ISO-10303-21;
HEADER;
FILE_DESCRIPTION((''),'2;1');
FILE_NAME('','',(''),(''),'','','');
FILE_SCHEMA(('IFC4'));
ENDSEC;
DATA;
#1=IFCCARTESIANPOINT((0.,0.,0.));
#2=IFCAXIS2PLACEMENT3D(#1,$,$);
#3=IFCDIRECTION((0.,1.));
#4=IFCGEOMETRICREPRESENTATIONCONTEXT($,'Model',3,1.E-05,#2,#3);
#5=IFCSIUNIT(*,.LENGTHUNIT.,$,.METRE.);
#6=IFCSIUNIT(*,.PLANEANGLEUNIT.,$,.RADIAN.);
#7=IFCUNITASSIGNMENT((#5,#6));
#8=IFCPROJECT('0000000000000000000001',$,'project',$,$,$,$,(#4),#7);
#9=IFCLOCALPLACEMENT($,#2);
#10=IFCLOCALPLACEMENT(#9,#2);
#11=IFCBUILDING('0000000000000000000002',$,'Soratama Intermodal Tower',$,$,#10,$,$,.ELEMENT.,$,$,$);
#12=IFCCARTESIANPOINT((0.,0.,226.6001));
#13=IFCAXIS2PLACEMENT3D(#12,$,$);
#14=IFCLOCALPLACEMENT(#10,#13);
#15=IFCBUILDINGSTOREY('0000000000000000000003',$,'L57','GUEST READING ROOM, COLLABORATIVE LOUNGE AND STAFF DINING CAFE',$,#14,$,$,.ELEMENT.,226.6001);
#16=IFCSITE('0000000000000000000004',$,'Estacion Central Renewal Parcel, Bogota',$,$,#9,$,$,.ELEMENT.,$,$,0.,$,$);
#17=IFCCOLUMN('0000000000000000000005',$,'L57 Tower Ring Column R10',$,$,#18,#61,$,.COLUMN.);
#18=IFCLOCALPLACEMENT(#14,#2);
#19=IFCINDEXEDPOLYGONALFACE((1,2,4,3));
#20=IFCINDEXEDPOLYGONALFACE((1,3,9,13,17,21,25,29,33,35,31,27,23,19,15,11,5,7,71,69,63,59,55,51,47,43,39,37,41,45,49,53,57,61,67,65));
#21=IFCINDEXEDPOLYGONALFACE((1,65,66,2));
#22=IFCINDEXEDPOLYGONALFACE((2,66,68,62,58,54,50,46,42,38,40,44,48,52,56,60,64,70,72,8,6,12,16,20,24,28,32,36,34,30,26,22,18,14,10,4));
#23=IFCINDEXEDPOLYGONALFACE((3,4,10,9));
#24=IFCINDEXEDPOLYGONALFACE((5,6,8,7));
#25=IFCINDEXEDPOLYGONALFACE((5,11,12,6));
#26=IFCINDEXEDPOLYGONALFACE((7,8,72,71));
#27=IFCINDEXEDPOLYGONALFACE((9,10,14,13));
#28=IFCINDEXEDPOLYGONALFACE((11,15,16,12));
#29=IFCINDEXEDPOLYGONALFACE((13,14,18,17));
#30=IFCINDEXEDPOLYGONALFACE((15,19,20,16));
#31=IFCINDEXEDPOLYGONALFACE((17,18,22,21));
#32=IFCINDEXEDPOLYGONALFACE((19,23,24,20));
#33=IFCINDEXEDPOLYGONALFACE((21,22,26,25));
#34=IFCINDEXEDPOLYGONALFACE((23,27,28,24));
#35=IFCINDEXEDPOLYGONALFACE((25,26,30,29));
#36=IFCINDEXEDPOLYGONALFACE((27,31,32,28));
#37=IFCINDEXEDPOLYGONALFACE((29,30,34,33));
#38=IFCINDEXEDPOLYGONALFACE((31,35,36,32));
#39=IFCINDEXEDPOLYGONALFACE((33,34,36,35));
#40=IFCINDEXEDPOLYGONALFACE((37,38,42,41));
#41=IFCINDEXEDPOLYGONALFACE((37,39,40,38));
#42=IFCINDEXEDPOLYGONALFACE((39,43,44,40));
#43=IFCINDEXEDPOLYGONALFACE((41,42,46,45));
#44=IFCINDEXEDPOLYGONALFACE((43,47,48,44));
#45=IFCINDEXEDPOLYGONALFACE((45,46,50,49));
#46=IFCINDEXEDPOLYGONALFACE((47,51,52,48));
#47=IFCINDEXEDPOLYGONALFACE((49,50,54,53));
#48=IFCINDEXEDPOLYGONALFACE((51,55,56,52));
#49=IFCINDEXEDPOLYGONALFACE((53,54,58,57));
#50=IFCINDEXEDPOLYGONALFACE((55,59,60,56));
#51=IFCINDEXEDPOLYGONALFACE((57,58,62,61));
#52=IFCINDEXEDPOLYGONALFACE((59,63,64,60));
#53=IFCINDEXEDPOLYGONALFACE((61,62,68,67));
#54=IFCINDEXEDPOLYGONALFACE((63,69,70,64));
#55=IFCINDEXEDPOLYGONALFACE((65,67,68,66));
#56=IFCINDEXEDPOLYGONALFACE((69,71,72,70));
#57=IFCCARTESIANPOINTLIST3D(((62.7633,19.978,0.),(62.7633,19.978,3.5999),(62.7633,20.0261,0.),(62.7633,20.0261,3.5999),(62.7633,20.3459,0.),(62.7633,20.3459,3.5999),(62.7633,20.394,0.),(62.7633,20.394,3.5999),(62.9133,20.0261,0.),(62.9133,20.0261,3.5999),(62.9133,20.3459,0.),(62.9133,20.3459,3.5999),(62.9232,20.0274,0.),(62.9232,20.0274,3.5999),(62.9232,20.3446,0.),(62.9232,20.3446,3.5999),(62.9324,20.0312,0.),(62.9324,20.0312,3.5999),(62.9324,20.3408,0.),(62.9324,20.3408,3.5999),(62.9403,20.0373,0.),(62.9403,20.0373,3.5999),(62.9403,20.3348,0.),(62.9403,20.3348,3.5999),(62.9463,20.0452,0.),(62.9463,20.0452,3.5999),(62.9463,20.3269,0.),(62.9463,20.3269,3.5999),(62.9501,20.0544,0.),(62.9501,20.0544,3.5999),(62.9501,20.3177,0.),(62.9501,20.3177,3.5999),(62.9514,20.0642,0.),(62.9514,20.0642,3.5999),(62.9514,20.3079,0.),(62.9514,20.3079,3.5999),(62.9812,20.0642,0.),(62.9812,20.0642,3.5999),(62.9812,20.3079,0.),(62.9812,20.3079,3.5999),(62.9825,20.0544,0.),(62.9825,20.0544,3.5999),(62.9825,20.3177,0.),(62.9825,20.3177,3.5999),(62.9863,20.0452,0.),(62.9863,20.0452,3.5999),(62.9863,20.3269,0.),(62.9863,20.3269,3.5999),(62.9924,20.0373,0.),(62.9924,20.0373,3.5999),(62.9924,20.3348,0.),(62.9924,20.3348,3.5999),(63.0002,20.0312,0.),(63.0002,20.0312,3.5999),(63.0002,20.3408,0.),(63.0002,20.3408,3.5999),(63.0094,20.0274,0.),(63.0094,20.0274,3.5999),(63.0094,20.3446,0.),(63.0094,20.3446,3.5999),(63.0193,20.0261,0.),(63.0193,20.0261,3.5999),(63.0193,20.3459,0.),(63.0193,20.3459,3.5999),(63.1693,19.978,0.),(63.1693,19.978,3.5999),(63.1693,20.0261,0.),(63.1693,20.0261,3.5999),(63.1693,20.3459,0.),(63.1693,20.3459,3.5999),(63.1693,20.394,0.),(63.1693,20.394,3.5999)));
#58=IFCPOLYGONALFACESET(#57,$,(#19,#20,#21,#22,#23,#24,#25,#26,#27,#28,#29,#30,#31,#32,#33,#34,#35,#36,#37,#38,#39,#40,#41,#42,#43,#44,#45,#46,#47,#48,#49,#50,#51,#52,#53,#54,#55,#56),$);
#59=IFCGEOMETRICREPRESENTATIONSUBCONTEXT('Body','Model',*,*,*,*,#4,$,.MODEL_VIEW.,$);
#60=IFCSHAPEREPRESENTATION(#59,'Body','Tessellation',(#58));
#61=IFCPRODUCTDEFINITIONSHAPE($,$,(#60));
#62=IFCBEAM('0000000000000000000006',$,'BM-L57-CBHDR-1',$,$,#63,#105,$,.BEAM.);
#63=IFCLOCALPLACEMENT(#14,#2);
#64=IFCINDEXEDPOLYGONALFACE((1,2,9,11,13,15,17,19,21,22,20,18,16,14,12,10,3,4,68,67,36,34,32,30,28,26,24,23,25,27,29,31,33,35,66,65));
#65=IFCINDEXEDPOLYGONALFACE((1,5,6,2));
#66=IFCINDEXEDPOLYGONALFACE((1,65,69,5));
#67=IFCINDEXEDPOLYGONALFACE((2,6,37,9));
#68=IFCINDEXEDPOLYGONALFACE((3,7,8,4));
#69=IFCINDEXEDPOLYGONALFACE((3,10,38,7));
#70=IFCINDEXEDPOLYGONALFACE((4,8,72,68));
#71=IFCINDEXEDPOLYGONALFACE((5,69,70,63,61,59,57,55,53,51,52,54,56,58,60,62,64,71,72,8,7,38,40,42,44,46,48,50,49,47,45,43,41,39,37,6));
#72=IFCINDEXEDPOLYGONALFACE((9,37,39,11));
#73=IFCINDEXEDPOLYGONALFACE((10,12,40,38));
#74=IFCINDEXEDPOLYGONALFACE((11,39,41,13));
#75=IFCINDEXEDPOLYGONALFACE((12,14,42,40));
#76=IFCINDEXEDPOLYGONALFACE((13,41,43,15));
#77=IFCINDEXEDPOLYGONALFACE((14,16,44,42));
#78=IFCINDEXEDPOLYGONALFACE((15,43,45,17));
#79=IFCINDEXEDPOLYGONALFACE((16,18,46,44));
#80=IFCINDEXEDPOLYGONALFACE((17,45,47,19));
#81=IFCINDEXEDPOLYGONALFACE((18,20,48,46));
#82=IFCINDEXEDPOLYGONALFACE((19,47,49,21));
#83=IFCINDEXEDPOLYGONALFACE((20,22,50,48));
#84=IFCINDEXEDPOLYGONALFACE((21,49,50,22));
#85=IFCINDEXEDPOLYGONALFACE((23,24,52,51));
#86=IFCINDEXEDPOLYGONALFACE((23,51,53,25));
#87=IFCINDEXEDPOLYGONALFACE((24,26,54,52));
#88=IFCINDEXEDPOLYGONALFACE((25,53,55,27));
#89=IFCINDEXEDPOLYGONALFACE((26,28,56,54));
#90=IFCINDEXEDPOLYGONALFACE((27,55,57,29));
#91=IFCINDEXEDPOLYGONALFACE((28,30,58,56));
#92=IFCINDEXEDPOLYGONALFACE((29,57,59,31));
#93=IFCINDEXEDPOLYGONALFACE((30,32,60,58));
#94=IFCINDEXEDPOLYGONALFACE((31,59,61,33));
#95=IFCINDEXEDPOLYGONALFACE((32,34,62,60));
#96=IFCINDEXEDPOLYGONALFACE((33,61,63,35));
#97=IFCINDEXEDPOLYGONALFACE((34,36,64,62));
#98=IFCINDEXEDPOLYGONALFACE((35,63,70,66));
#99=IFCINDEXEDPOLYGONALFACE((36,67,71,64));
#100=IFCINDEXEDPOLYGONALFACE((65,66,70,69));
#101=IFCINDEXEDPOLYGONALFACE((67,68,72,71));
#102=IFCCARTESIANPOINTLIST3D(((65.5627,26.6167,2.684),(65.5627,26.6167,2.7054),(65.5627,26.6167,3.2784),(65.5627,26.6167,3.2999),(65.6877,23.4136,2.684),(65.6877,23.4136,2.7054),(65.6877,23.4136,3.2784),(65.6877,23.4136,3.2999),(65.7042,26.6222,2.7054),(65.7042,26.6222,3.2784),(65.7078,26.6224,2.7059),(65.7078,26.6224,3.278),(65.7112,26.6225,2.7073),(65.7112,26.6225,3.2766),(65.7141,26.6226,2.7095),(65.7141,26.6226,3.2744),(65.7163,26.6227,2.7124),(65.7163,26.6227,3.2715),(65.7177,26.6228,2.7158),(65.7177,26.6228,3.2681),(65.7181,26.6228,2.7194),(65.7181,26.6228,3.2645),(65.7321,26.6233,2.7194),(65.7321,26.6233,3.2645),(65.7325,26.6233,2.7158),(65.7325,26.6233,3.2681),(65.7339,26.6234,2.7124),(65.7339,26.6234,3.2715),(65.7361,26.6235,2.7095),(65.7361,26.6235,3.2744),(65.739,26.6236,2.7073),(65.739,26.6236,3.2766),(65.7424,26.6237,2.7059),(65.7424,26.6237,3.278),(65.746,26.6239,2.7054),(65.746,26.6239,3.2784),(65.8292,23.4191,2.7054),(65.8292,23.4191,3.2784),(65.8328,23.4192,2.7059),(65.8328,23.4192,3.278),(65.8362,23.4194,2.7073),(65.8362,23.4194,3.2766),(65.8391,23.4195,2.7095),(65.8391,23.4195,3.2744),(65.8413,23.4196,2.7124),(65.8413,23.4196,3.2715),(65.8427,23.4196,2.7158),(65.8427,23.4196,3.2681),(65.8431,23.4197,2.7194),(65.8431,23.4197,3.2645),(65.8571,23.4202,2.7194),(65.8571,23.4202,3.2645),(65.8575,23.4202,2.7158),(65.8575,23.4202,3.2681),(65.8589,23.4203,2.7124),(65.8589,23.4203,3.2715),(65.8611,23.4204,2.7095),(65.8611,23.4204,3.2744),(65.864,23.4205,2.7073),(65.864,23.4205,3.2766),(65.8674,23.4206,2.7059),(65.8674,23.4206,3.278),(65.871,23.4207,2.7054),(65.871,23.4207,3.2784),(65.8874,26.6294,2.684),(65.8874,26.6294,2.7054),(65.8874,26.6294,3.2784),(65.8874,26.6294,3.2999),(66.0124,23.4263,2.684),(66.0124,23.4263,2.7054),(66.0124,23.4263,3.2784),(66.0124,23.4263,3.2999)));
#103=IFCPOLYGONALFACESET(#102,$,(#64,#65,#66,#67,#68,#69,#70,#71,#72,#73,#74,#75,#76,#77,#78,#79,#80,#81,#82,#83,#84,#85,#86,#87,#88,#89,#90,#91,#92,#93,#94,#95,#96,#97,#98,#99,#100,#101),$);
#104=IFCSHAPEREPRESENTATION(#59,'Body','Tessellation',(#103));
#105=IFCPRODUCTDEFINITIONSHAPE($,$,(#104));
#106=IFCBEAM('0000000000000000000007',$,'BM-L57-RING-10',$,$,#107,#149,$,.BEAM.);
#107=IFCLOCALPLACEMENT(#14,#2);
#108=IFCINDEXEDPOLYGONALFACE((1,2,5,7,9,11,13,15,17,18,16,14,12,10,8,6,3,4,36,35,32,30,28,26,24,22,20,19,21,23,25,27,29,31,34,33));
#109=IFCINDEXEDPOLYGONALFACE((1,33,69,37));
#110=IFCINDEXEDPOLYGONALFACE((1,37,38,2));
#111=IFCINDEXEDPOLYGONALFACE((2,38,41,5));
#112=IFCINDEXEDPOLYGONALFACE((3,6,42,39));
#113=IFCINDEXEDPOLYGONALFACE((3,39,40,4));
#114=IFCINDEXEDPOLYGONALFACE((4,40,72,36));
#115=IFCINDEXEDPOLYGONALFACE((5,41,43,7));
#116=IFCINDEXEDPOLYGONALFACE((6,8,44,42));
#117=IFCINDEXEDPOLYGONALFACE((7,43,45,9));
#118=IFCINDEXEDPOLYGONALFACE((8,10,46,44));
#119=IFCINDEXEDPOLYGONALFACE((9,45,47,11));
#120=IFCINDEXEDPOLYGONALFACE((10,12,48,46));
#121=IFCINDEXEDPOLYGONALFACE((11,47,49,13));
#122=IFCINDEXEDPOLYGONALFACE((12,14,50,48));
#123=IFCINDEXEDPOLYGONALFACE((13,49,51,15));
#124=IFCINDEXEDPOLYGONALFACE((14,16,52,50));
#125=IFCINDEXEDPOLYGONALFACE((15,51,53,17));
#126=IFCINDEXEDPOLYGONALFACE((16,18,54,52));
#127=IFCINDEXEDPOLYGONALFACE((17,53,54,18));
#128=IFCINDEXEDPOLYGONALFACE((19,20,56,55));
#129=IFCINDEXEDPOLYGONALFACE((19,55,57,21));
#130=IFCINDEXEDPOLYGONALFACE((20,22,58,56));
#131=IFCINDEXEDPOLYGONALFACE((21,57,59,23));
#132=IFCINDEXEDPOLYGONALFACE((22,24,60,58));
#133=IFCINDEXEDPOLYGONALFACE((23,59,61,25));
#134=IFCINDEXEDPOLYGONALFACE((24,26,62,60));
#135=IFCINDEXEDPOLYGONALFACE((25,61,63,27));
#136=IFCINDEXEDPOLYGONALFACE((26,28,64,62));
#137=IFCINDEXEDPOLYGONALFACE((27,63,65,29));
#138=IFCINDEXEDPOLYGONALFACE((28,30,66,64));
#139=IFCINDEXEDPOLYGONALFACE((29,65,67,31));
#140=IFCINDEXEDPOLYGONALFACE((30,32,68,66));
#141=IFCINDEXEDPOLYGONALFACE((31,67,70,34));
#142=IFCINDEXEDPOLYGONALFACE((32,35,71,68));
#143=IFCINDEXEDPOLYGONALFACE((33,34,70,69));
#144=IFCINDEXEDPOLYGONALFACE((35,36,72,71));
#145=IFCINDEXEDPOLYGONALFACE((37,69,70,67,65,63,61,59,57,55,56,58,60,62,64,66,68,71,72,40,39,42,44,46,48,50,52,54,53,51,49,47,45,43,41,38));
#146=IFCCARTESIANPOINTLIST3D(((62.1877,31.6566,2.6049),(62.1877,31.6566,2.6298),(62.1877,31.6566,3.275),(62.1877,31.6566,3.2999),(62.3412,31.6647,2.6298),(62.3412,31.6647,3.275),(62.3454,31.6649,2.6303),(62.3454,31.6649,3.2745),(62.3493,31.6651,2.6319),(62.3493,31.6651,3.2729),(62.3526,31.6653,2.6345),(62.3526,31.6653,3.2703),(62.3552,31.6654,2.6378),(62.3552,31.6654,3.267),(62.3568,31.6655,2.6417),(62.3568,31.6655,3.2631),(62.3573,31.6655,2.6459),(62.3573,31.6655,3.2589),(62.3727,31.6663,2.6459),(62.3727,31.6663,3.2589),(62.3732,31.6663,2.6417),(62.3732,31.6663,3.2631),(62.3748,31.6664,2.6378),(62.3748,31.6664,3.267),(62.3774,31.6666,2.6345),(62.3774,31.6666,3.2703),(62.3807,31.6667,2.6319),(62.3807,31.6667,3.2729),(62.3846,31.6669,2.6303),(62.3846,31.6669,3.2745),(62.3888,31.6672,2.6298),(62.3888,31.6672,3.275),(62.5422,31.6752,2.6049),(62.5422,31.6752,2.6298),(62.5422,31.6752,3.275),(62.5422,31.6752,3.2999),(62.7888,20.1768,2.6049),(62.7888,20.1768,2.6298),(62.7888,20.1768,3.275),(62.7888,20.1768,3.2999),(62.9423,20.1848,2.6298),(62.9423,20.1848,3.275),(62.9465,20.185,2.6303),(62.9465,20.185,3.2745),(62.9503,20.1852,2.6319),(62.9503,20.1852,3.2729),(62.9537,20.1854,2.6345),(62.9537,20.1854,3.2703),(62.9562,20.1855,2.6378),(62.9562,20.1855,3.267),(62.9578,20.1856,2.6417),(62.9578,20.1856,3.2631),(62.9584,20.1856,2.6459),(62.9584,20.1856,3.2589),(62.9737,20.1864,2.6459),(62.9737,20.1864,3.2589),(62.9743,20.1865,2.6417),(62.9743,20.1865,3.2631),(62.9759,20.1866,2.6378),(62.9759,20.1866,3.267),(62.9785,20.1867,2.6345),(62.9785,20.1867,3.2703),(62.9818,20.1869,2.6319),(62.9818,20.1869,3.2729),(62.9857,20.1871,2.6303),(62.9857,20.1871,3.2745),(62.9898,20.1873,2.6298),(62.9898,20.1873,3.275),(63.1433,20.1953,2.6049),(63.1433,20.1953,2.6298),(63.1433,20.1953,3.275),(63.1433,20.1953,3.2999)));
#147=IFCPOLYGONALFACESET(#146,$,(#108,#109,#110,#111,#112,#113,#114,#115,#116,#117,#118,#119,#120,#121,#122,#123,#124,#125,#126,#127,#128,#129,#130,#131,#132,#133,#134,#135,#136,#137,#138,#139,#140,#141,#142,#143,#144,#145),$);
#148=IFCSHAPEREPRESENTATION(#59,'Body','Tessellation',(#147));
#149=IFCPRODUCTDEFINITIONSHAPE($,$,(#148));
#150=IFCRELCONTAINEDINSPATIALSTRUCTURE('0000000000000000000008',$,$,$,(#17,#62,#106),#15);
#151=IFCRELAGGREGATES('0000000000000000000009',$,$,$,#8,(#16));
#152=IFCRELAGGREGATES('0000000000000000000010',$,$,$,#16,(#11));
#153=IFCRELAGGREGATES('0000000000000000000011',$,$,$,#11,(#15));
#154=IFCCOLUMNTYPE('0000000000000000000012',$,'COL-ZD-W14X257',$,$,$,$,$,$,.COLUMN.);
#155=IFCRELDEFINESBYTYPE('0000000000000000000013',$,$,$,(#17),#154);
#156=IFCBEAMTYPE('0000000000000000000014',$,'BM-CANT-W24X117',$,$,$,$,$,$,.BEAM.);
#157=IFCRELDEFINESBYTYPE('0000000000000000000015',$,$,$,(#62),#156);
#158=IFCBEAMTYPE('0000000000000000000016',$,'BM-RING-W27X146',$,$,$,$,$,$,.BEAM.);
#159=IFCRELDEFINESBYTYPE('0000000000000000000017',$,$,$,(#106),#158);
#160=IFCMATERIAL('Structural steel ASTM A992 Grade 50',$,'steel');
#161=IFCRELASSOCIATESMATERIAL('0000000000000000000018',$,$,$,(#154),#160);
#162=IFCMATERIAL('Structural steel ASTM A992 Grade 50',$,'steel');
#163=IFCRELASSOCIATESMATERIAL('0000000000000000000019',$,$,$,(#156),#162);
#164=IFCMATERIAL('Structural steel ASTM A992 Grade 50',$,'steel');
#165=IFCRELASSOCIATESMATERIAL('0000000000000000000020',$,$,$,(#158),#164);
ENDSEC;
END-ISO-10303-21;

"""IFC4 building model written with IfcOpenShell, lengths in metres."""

from ifc_helpers import new_model, si_unit, direction, frame, origin, origin_2d, place, context, subcontext, project, spatial, i_section, extrude, material, material_profile, profile_set, type_object, element, save


model = new_model("IFC4")

# Units and contexts
model_context = context("Model", 3, precision=1e-05, world=origin(), true_north=direction((0.0, 1.0)))
body_context = subcontext(model_context, "Body", "Model", "MODEL_VIEW")
ifc_project = project(units=[si_unit("LENGTHUNIT", "METRE"), si_unit("PLANEANGLEUNIT", "RADIAN")], contexts=[model_context])

# Site, building, storey
site_placement = place(None, origin())
site = spatial("IfcSite", under=ifc_project, at=site_placement, Name="Estacion Central Renewal Parcel, Bogota", CompositionType="ELEMENT", RefElevation=0.0)
building_placement = place(site_placement, origin())
building = spatial("IfcBuilding", under=site, at=building_placement, Name="Soratama Intermodal Tower", CompositionType="ELEMENT")
storey_placement = place(building_placement, frame((0.0, 0.0, 226.6001)))
storey = spatial("IfcBuildingStorey", under=building, at=storey_placement, Name="L57", Description="GUEST READING ROOM, COLLABORATIVE LOUNGE AND STAFF DINING CAFE", CompositionType="ELEMENT", Elevation=226.6001)

# Column
ifc_material_1 = material(Name="Structural steel ASTM A992 Grade 50", Category="steel")
ifc_material_profile_1 = material_profile(ifc_material_1, i_section(OverallWidth=0.406, OverallDepth=0.416, WebThickness=0.0298, FlangeThickness=0.0481, FilletRadius=0.0381, at=origin_2d()), Name="W14X257")
ifc_profile_set_1 = profile_set([ifc_material_profile_1], Name="Structural steel ASTM A992 Grade 50")
column_type = type_object("IfcColumnType", Name="COL-ZD-W14X257", PredefinedType="COLUMN", material=ifc_profile_set_1)
column_placement = place(storey_placement, frame((62.9663, 20.186, 0.0), z_axis=(0.0, 0.0, 1.0), x_axis=(1.0, 0.0, 0.0)))
element("IfcColumn", 1, at=column_placement, inside=storey, type_object=column_type, Name="L57 Tower Ring Column R10", PredefinedType="COLUMN", context=body_context, shape_type="SweptSolid", body=[
    extrude(i_section(OverallWidth=0.406, OverallDepth=0.416, WebThickness=0.0298, FlangeThickness=0.0481, FilletRadius=0.0381, at=origin_2d()), origin(), (0.0, 0.0, 1.0), 3.5999),
])

# Beams
ifc_material_2 = material(Name="Structural steel ASTM A992 Grade 50", Category="steel")
ifc_material_profile_2 = material_profile(ifc_material_2, i_section(OverallWidth=0.325, OverallDepth=0.616, WebThickness=0.0139, FlangeThickness=0.0215, FilletRadius=0.0139, at=origin_2d()), Name="W24X117")
ifc_profile_set_2 = profile_set([ifc_material_profile_2], Name="Structural steel ASTM A992 Grade 50")
beam_type_1 = type_object("IfcBeamType", Name="BM-CANT-W24X117", PredefinedType="BEAM", material=ifc_profile_set_2)
beam_1_placement = place(storey_placement, frame((65.8501, 23.4199, 2.9919), z_axis=(-0.038995, 0.999239, 0.0), x_axis=(-0.999239, -0.038995, 0.0)))
element("IfcBeam", 2, at=beam_1_placement, inside=storey, type_object=beam_type_1, Name="BM-L57-CBHDR-1", PredefinedType="BEAM", context=body_context, shape_type="SweptSolid", body=[
    extrude(i_section(OverallWidth=0.325, OverallDepth=0.616, WebThickness=0.0139, FlangeThickness=0.0215, FilletRadius=0.0139, at=origin_2d()), origin(), (0.0, 0.0, 1.0), 3.2056),
])
ifc_material_3 = material(Name="Structural steel ASTM A992 Grade 50", Category="steel")
ifc_material_profile_3 = material_profile(ifc_material_3, i_section(OverallWidth=0.355, OverallDepth=0.6951, WebThickness=0.0154, FlangeThickness=0.0249, FilletRadius=0.0161, at=origin_2d()), Name="W27X146")
ifc_profile_set_3 = profile_set([ifc_material_profile_3], Name="Structural steel ASTM A992 Grade 50")
beam_type_2 = type_object("IfcBeamType", Name="BM-RING-W27X146", PredefinedType="BEAM", material=ifc_profile_set_3)
beam_2_placement = place(storey_placement, frame((62.9661, 20.186, 2.9524), z_axis=(-0.052287, 0.998632, 0.0), x_axis=(-0.998632, -0.052287, 0.0)))
element("IfcBeam", 3, at=beam_2_placement, inside=storey, type_object=beam_type_2, Name="BM-L57-RING-10", PredefinedType="BEAM", context=body_context, shape_type="SweptSolid", body=[
    extrude(i_section(OverallWidth=0.355, OverallDepth=0.6951, WebThickness=0.0154, FlangeThickness=0.0249, FilletRadius=0.0161, at=origin_2d()), origin(), (0.0, 0.0, 1.0), 11.4956),
])

save(model, "model.ifc")
